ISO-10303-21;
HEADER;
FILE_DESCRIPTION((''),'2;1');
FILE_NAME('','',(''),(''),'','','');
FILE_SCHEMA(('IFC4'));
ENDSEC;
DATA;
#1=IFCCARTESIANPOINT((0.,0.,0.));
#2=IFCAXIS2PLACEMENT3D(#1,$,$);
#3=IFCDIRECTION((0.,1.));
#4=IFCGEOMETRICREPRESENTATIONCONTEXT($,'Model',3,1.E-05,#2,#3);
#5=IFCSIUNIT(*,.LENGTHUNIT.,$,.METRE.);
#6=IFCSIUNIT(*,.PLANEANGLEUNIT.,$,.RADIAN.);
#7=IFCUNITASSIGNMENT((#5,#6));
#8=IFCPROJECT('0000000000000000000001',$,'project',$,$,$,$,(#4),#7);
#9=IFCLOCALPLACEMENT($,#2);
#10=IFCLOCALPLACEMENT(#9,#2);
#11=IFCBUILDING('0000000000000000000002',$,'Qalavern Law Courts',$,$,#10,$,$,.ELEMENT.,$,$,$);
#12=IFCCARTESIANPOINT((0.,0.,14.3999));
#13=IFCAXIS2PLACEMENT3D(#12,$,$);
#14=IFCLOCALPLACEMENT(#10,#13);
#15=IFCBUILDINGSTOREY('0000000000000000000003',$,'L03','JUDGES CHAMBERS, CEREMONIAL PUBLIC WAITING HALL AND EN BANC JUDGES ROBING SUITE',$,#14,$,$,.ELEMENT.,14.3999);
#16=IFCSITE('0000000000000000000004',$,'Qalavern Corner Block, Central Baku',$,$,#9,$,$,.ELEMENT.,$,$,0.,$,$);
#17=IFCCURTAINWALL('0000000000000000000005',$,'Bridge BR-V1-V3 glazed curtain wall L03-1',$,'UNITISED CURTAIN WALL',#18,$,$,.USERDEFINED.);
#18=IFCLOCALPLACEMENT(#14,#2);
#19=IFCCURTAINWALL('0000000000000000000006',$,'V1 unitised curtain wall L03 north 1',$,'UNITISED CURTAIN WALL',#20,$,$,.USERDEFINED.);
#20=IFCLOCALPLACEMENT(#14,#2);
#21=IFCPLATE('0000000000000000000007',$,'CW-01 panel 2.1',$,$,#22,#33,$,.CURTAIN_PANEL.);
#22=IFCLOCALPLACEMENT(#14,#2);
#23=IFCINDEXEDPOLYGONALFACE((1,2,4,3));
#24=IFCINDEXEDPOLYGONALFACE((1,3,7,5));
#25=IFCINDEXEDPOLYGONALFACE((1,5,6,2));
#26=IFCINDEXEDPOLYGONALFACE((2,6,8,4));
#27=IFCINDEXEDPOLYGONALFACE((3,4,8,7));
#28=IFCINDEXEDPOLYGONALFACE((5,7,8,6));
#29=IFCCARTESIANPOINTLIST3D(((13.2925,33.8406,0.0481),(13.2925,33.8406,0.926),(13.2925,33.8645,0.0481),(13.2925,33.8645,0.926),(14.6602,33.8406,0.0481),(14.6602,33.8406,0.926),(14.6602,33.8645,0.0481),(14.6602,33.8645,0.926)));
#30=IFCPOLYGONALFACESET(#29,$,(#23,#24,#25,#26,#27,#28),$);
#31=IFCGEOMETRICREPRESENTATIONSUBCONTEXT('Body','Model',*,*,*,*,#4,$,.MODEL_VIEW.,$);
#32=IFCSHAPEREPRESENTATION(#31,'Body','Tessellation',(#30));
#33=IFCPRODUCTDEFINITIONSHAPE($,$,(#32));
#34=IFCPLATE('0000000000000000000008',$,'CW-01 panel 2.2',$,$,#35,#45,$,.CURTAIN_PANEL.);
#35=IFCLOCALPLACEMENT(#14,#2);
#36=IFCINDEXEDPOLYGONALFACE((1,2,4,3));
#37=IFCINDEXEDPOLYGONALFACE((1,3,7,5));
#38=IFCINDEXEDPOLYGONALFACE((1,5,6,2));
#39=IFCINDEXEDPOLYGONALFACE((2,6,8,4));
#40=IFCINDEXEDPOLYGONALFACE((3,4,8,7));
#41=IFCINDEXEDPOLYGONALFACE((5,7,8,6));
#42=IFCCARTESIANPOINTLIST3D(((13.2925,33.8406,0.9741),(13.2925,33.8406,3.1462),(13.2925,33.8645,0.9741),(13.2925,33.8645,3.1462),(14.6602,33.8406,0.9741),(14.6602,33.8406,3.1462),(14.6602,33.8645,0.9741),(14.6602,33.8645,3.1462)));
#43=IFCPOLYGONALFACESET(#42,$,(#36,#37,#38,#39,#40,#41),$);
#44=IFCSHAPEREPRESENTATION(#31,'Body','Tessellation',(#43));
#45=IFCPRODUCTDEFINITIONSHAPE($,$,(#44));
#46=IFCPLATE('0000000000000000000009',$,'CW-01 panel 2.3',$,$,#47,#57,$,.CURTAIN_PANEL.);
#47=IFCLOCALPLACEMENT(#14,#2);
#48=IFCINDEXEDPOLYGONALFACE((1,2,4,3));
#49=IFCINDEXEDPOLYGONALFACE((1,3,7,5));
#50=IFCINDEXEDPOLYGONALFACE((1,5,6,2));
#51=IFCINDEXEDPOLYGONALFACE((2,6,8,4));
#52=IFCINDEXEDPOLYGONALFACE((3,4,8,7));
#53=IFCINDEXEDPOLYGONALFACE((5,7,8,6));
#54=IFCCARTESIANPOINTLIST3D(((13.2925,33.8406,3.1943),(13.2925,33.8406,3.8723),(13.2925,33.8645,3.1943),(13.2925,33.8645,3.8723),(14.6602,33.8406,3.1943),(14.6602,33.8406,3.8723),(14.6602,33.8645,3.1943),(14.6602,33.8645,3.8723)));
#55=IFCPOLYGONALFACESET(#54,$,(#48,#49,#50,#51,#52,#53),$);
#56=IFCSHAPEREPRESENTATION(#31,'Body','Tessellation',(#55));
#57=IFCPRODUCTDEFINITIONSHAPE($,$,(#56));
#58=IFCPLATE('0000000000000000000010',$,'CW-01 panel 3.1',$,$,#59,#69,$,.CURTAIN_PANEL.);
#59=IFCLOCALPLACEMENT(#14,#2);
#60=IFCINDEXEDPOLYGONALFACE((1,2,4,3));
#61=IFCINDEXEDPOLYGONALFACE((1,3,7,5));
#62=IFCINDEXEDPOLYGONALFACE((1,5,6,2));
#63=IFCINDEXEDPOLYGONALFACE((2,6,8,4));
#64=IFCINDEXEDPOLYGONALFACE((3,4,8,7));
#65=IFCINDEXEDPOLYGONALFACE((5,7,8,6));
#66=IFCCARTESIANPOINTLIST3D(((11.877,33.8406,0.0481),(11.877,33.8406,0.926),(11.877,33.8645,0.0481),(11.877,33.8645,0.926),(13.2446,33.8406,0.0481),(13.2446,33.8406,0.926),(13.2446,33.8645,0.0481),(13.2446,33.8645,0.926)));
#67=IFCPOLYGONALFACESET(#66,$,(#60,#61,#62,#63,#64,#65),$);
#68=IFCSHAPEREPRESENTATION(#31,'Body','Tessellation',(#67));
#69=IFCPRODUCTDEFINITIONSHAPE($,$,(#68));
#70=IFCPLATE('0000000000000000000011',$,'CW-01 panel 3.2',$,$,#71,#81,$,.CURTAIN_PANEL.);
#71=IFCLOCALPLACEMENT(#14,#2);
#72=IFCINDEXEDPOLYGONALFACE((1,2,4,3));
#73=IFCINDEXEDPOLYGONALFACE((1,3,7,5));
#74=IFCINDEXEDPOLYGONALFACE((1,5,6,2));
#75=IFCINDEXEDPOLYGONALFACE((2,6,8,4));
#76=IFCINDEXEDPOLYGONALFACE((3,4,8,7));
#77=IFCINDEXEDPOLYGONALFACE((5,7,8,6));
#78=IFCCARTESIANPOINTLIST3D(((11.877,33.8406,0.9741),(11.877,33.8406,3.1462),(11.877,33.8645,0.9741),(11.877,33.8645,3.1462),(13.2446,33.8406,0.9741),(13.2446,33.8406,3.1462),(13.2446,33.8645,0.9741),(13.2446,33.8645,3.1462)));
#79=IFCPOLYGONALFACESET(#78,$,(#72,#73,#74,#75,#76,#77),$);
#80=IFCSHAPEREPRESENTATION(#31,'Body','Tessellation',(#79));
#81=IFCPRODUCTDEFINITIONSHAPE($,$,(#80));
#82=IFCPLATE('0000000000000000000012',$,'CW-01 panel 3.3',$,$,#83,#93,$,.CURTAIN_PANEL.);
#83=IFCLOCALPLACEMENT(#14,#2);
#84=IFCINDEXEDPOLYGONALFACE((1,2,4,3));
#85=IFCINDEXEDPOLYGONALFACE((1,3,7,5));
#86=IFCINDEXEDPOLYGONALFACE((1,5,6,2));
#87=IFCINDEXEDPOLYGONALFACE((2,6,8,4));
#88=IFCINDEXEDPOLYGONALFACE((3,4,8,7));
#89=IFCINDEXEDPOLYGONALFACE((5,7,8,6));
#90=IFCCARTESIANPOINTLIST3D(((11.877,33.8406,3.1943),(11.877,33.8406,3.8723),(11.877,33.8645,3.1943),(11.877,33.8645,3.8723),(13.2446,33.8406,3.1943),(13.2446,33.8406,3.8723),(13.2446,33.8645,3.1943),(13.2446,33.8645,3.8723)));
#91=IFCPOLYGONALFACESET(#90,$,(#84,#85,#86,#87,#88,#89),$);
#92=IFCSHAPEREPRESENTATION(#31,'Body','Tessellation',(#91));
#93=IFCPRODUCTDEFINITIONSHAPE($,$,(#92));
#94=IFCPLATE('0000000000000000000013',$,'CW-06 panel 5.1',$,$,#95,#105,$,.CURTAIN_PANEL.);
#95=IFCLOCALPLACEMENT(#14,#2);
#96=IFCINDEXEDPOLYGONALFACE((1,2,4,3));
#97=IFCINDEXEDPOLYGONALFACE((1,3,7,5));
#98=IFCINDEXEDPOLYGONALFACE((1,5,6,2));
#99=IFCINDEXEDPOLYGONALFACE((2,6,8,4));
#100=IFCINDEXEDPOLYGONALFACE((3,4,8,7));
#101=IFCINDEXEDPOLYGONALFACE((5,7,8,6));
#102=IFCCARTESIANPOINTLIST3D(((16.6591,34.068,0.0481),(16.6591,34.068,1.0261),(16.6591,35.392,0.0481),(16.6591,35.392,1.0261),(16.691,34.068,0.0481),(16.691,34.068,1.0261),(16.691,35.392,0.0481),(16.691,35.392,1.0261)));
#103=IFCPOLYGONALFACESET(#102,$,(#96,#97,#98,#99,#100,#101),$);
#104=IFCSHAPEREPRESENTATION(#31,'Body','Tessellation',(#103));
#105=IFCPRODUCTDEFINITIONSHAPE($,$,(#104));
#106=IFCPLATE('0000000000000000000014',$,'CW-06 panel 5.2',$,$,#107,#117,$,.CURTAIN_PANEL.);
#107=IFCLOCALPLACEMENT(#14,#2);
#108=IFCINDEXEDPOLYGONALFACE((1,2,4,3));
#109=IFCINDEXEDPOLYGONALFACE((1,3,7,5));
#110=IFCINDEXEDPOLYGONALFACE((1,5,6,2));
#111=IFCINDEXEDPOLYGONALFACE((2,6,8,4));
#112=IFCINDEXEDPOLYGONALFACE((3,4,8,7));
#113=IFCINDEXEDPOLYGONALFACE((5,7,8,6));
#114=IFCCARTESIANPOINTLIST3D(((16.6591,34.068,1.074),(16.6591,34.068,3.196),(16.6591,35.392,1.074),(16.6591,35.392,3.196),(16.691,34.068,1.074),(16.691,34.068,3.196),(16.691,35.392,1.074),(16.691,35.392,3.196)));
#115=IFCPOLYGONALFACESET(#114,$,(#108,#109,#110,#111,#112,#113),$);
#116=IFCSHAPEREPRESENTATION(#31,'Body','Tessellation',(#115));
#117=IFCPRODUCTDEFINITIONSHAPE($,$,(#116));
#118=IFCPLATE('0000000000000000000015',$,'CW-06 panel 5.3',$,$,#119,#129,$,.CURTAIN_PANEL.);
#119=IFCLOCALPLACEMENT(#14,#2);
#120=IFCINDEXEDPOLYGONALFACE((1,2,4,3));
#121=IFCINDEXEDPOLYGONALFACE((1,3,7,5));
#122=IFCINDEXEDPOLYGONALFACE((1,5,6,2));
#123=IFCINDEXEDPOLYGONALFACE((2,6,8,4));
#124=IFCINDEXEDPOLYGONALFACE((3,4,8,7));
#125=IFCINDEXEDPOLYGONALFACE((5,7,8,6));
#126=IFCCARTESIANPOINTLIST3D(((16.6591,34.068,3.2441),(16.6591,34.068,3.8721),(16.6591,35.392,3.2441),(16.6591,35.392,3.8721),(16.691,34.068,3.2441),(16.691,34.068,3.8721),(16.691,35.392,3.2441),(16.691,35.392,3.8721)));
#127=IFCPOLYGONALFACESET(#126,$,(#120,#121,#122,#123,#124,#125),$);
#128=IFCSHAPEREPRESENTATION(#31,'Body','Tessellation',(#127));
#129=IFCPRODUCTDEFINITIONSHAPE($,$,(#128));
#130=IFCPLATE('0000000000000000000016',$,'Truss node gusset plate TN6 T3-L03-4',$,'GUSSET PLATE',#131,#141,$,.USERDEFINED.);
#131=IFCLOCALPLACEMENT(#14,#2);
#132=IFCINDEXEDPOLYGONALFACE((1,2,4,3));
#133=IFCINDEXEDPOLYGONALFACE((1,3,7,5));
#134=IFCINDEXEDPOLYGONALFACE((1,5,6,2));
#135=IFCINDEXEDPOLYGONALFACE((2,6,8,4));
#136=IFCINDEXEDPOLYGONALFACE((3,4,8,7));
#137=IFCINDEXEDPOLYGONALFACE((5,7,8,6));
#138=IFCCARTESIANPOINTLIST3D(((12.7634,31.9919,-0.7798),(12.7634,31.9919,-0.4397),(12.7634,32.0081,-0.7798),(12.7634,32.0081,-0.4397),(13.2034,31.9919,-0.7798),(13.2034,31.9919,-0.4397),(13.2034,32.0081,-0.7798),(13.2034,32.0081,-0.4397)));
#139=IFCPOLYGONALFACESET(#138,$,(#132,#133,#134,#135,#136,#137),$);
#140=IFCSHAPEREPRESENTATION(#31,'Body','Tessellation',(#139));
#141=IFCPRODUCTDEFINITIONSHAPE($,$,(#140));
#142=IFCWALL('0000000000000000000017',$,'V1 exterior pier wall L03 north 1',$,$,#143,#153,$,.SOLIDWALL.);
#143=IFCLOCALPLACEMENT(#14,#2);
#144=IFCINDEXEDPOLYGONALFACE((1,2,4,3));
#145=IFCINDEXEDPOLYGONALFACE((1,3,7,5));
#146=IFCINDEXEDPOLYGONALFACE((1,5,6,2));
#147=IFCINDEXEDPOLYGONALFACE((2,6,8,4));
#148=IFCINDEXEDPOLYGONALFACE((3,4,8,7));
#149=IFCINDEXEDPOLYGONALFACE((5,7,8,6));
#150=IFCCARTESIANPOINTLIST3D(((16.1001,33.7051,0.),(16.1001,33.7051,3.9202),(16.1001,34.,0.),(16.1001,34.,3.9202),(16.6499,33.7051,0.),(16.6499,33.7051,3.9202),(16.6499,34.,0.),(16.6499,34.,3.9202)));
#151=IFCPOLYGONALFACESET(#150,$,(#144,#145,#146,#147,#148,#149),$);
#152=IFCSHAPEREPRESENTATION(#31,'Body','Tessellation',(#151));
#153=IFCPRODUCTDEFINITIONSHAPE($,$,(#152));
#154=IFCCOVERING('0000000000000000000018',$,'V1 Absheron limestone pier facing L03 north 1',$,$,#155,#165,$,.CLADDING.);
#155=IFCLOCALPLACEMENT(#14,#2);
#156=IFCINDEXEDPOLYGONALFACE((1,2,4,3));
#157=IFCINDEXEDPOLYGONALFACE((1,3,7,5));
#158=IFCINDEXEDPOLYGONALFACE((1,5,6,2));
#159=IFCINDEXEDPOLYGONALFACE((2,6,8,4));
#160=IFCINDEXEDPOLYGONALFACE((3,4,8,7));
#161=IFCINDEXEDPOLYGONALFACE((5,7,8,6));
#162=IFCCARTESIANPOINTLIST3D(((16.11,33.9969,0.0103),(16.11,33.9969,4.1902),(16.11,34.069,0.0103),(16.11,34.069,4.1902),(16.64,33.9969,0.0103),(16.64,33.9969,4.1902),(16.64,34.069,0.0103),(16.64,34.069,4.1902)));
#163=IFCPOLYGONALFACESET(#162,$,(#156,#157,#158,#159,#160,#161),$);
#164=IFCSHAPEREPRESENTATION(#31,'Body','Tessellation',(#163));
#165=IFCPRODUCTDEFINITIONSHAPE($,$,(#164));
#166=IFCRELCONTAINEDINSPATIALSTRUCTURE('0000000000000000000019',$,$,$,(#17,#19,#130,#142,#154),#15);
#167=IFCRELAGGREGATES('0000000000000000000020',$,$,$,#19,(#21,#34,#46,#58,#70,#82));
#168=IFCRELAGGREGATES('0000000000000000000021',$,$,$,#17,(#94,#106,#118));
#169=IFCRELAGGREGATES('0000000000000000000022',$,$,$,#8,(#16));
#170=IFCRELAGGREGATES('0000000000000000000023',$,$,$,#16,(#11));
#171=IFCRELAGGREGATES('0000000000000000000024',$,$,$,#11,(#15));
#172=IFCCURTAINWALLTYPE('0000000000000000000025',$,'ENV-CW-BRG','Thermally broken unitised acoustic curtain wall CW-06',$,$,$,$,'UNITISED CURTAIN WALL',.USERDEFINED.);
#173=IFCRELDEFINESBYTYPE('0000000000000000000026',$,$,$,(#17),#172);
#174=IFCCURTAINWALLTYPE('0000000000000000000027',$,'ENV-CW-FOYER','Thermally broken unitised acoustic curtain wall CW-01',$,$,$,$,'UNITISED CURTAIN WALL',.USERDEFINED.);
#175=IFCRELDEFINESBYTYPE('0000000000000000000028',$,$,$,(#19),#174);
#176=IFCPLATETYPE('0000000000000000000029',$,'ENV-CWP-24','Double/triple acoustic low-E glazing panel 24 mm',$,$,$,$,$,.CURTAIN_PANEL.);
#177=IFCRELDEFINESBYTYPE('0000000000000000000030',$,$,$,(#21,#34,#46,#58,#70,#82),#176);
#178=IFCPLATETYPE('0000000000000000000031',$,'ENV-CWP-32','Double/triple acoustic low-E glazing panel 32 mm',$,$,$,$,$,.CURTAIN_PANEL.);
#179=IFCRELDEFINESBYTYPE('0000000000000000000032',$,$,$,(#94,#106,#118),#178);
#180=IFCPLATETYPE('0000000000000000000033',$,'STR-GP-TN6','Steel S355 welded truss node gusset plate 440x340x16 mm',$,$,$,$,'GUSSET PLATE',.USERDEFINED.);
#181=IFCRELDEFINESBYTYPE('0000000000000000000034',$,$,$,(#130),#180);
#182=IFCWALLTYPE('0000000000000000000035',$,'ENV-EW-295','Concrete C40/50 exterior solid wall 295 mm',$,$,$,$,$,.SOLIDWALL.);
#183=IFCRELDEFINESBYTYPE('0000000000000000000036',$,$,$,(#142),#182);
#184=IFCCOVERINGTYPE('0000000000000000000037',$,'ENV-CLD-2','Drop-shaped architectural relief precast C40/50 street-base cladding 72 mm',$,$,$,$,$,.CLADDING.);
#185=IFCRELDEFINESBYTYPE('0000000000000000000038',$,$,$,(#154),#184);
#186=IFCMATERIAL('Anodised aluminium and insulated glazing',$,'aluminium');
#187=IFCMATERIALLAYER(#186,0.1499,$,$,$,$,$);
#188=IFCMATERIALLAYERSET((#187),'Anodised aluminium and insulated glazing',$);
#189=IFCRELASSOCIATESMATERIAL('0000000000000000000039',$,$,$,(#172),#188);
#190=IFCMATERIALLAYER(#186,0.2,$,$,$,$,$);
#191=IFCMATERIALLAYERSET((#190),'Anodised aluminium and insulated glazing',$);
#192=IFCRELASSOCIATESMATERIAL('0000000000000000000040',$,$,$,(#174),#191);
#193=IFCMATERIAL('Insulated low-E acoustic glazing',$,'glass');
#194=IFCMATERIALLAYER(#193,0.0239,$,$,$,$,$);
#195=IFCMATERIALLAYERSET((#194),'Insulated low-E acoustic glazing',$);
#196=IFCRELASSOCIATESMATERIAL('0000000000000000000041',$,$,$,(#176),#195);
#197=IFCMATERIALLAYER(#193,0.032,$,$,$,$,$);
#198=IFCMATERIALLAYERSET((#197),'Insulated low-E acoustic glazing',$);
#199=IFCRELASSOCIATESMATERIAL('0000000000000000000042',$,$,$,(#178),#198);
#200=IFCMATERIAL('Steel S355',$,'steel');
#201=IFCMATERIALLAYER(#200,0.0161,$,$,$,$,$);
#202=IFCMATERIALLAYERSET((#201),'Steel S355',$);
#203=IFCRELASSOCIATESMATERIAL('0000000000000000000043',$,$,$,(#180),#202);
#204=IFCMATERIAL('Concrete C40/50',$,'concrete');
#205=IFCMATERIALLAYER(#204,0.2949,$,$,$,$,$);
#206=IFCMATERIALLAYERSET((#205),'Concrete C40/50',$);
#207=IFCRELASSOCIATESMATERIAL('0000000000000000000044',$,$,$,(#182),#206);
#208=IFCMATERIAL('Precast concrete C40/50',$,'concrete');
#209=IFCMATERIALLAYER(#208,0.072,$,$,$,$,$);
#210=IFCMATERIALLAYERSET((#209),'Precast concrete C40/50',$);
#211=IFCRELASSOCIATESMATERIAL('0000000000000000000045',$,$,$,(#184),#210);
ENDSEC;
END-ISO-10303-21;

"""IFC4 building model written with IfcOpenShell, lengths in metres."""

from ifc_helpers import new_model, si_unit, direction, frame, frame_2d, origin, origin_2d, place, context, subcontext, project, spatial, rectangle, extrude, material, layer, layer_set, type_object, element, aggregate, save


model = new_model("IFC4")

# Units and contexts
model_context = context("Model", 3, precision=1e-05, world=origin(), true_north=direction((0.0, 1.0)))
body_context = subcontext(model_context, "Body", "Model", "MODEL_VIEW")
ifc_project = project(units=[si_unit("LENGTHUNIT", "METRE"), si_unit("PLANEANGLEUNIT", "RADIAN")], contexts=[model_context])

# Site, building, storey
site_placement = place(None, origin())
site = spatial("IfcSite", under=ifc_project, at=site_placement, Name="Qalavern Corner Block, Central Baku", CompositionType="ELEMENT", RefElevation=0.0)
building_placement = place(site_placement, origin())
building = spatial("IfcBuilding", under=site, at=building_placement, Name="Qalavern Law Courts", CompositionType="ELEMENT")
storey_placement = place(building_placement, frame((0.0, 0.0, 14.3999)))
storey = spatial("IfcBuildingStorey", under=building, at=storey_placement, Name="L03", Description="JUDGES CHAMBERS, CEREMONIAL PUBLIC WAITING HALL AND EN BANC JUDGES ROBING SUITE", CompositionType="ELEMENT", Elevation=14.3999)

# Curtain wall
ifc_material_1 = material(Name="Anodised aluminium and insulated glazing", Category="aluminium")
ifc_layer_1 = layer(ifc_material_1, 0.1499)
ifc_layer_set_1 = layer_set([ifc_layer_1], Name="Anodised aluminium and insulated glazing")
curtain_wall_type_1 = type_object("IfcCurtainWallType", Name="ENV-CW-BRG", Description="Thermally broken unitised acoustic curtain wall CW-06", ElementType="UNITISED CURTAIN WALL", PredefinedType="USERDEFINED", material=ifc_layer_set_1)
curtain_wall_1_placement = place(storey_placement, origin())
curtain_wall_1 = element("IfcCurtainWall", 1, at=curtain_wall_1_placement, inside=storey, type_object=curtain_wall_type_1, Name="Bridge BR-V1-V3 glazed curtain wall L03-1", ObjectType="UNITISED CURTAIN WALL", PredefinedType="USERDEFINED")

# Curtain wall
ifc_layer_2 = layer(ifc_material_1, 0.2)
ifc_layer_set_2 = layer_set([ifc_layer_2], Name="Anodised aluminium and insulated glazing")
curtain_wall_type_2 = type_object("IfcCurtainWallType", Name="ENV-CW-FOYER", Description="Thermally broken unitised acoustic curtain wall CW-01", ElementType="UNITISED CURTAIN WALL", PredefinedType="USERDEFINED", material=ifc_layer_set_2)
curtain_wall_2_placement = place(storey_placement, origin())
curtain_wall_2 = element("IfcCurtainWall", 2, at=curtain_wall_2_placement, inside=storey, type_object=curtain_wall_type_2, Name="V1 unitised curtain wall L03 north 1", ObjectType="UNITISED CURTAIN WALL", PredefinedType="USERDEFINED")

# Shared definitions
ifc_material_2 = material(Name="Steel S355", Category="steel")

# Plates
ifc_material_3 = material(Name="Insulated low-E acoustic glazing", Category="glass")
ifc_layer_3 = layer(ifc_material_3, 0.0239)
ifc_layer_set_3 = layer_set([ifc_layer_3], Name="Insulated low-E acoustic glazing")
plate_type_1 = type_object("IfcPlateType", Name="ENV-CWP-24", Description="Double/triple acoustic low-E glazing panel 24 mm", PredefinedType="CURTAIN_PANEL", material=ifc_layer_set_3)
plate_1_placement = place(storey_placement, frame((13.9763, 33.8525, 0.0481), z_axis=(0.0, 0.0, 1.0), x_axis=(-1.0, 0.0, 0.0)))
plate_1 = element("IfcPlate", 3, at=plate_1_placement, type_object=plate_type_1, Name="CW-01 panel 2.1", PredefinedType="CURTAIN_PANEL", context=body_context, shape_type="SweptSolid", body=[
    extrude(rectangle(XDim=1.3677, YDim=0.0239, at=origin_2d()), origin(), (0.0, 0.0, 1.0), 0.8779),
])
plate_2_placement = place(storey_placement, frame((13.9763, 33.8525, 0.9741), z_axis=(0.0, 0.0, 1.0), x_axis=(-1.0, 0.0, 0.0)))
plate_2 = element("IfcPlate", 4, at=plate_2_placement, type_object=plate_type_1, Name="CW-01 panel 2.2", PredefinedType="CURTAIN_PANEL", context=body_context, shape_type="SweptSolid", body=[
    extrude(rectangle(XDim=1.3677, YDim=0.0239, at=origin_2d()), origin(), (0.0, 0.0, 1.0), 2.1721),
])
plate_3_placement = place(storey_placement, frame((13.9763, 33.8525, 3.1943), z_axis=(0.0, 0.0, 1.0), x_axis=(-1.0, 0.0, 0.0)))
plate_3 = element("IfcPlate", 5, at=plate_3_placement, type_object=plate_type_1, Name="CW-01 panel 2.3", PredefinedType="CURTAIN_PANEL", context=body_context, shape_type="SweptSolid", body=[
    extrude(rectangle(XDim=1.3677, YDim=0.0239, at=origin_2d()), origin(), (0.0, 0.0, 1.0), 0.678),
])
plate_4_placement = place(storey_placement, frame((12.5608, 33.8525, 0.0481), z_axis=(0.0, 0.0, 1.0), x_axis=(-1.0, 0.0, 0.0)))
plate_4 = element("IfcPlate", 6, at=plate_4_placement, type_object=plate_type_1, Name="CW-01 panel 3.1", PredefinedType="CURTAIN_PANEL", context=body_context, shape_type="SweptSolid", body=[
    extrude(rectangle(XDim=1.3677, YDim=0.0239, at=origin_2d()), origin(), (0.0, 0.0, 1.0), 0.8779),
])
plate_5_placement = place(storey_placement, frame((12.5608, 33.8525, 0.9741), z_axis=(0.0, 0.0, 1.0), x_axis=(-1.0, 0.0, 0.0)))
plate_5 = element("IfcPlate", 7, at=plate_5_placement, type_object=plate_type_1, Name="CW-01 panel 3.2", PredefinedType="CURTAIN_PANEL", context=body_context, shape_type="SweptSolid", body=[
    extrude(rectangle(XDim=1.3677, YDim=0.0239, at=origin_2d()), origin(), (0.0, 0.0, 1.0), 2.1721),
])
plate_6_placement = place(storey_placement, frame((12.5608, 33.8525, 3.1943), z_axis=(0.0, 0.0, 1.0), x_axis=(-1.0, 0.0, 0.0)))
plate_6 = element("IfcPlate", 8, at=plate_6_placement, type_object=plate_type_1, Name="CW-01 panel 3.3", PredefinedType="CURTAIN_PANEL", context=body_context, shape_type="SweptSolid", body=[
    extrude(rectangle(XDim=1.3677, YDim=0.0239, at=origin_2d()), origin(), (0.0, 0.0, 1.0), 0.678),
])
aggregate(curtain_wall_2, [plate_1, plate_2, plate_3, plate_4, plate_5, plate_6])
ifc_layer_4 = layer(ifc_material_3, 0.032)
ifc_layer_set_4 = layer_set([ifc_layer_4], Name="Insulated low-E acoustic glazing")
plate_type_2 = type_object("IfcPlateType", Name="ENV-CWP-32", Description="Double/triple acoustic low-E glazing panel 32 mm", PredefinedType="CURTAIN_PANEL", material=ifc_layer_set_4)
plate_7_placement = place(storey_placement, frame((16.675, 34.73, 0.0481), z_axis=(0.0, 0.0, 1.0), x_axis=(0.0, -1.0, 0.0)))
plate_7 = element("IfcPlate", 9, at=plate_7_placement, type_object=plate_type_2, Name="CW-06 panel 5.1", PredefinedType="CURTAIN_PANEL", context=body_context, shape_type="SweptSolid", body=[
    extrude(rectangle(XDim=1.324, YDim=0.032, at=origin_2d()), origin(), (0.0, 0.0, 1.0), 0.978),
])
plate_8_placement = place(storey_placement, frame((16.675, 34.73, 1.074), z_axis=(0.0, 0.0, 1.0), x_axis=(0.0, -1.0, 0.0)))
plate_8 = element("IfcPlate", 10, at=plate_8_placement, type_object=plate_type_2, Name="CW-06 panel 5.2", PredefinedType="CURTAIN_PANEL", context=body_context, shape_type="SweptSolid", body=[
    extrude(rectangle(XDim=1.324, YDim=0.032, at=origin_2d()), origin(), (0.0, 0.0, 1.0), 2.1221),
])
plate_9_placement = place(storey_placement, frame((16.675, 34.73, 3.2441), z_axis=(0.0, 0.0, 1.0), x_axis=(0.0, -1.0, 0.0)))
plate_9 = element("IfcPlate", 11, at=plate_9_placement, type_object=plate_type_2, Name="CW-06 panel 5.3", PredefinedType="CURTAIN_PANEL", context=body_context, shape_type="SweptSolid", body=[
    extrude(rectangle(XDim=1.324, YDim=0.032, at=origin_2d()), origin(), (0.0, 0.0, 1.0), 0.6279),
])
aggregate(curtain_wall_1, [plate_7, plate_8, plate_9])
ifc_layer_5 = layer(ifc_material_2, 0.0161)
ifc_layer_set_5 = layer_set([ifc_layer_5], Name="Steel S355")
plate_type_3 = type_object("IfcPlateType", Name="STR-GP-TN6", Description="Steel S355 welded truss node gusset plate 440x340x16 mm", ElementType="GUSSET PLATE", PredefinedType="USERDEFINED", material=ifc_layer_set_5)
plate_10_placement = place(storey_placement, frame((12.9834, 32.0, -0.7798), z_axis=(0.0, 0.0, 1.0), x_axis=(1.0, 0.0, 0.0)))
element("IfcPlate", 12, at=plate_10_placement, inside=storey, type_object=plate_type_3, Name="Truss node gusset plate TN6 T3-L03-4", ObjectType="GUSSET PLATE", PredefinedType="USERDEFINED", context=body_context, shape_type="SweptSolid", body=[
    extrude(rectangle(XDim=0.4399, YDim=0.0161, at=origin_2d()), origin(), (0.0, 0.0, 1.0), 0.3401),
])

# Wall
ifc_material_4 = material(Name="Concrete C40/50", Category="concrete")
ifc_layer_6 = layer(ifc_material_4, 0.2949)
ifc_layer_set_6 = layer_set([ifc_layer_6], Name="Concrete C40/50")
wall_type = type_object("IfcWallType", Name="ENV-EW-295", Description="Concrete C40/50 exterior solid wall 295 mm", PredefinedType="SOLIDWALL", material=ifc_layer_set_6)
wall_placement = place(storey_placement, frame((16.6499, 33.8525, 0.0), z_axis=(0.0, 0.0, 1.0), x_axis=(-1.0, 0.0, 0.0)))
element("IfcWall", 13, at=wall_placement, inside=storey, type_object=wall_type, Name="V1 exterior pier wall L03 north 1", PredefinedType="SOLIDWALL", context=body_context, shape_type="SweptSolid", body=[
    extrude(rectangle(XDim=0.5498, YDim=0.2949, at=frame_2d((0.2749, 0.0))), origin(), (0.0, 0.0, 1.0), 3.9202),
])

# Covering
ifc_material_5 = material(Name="Precast concrete C40/50", Category="concrete")
ifc_layer_7 = layer(ifc_material_5, 0.072)
ifc_layer_set_7 = layer_set([ifc_layer_7], Name="Precast concrete C40/50")
covering_type = type_object("IfcCoveringType", Name="ENV-CLD-2", Description="Drop-shaped architectural relief precast C40/50 street-base cladding 72 mm", PredefinedType="CLADDING", material=ifc_layer_set_7)
covering_placement = place(storey_placement, frame((16.375, 34.033, 0.0103), z_axis=(0.0, 0.0, 1.0), x_axis=(-1.0, 0.0, 0.0)))
element("IfcCovering", 14, at=covering_placement, inside=storey, type_object=covering_type, Name="V1 Absheron limestone pier facing L03 north 1", PredefinedType="CLADDING", context=body_context, shape_type="SweptSolid", body=[
    extrude(rectangle(XDim=0.53, YDim=0.072, at=origin_2d()), origin(), (0.0, 0.0, 1.0), 4.1799),
])

save(model, "model.ifc")
